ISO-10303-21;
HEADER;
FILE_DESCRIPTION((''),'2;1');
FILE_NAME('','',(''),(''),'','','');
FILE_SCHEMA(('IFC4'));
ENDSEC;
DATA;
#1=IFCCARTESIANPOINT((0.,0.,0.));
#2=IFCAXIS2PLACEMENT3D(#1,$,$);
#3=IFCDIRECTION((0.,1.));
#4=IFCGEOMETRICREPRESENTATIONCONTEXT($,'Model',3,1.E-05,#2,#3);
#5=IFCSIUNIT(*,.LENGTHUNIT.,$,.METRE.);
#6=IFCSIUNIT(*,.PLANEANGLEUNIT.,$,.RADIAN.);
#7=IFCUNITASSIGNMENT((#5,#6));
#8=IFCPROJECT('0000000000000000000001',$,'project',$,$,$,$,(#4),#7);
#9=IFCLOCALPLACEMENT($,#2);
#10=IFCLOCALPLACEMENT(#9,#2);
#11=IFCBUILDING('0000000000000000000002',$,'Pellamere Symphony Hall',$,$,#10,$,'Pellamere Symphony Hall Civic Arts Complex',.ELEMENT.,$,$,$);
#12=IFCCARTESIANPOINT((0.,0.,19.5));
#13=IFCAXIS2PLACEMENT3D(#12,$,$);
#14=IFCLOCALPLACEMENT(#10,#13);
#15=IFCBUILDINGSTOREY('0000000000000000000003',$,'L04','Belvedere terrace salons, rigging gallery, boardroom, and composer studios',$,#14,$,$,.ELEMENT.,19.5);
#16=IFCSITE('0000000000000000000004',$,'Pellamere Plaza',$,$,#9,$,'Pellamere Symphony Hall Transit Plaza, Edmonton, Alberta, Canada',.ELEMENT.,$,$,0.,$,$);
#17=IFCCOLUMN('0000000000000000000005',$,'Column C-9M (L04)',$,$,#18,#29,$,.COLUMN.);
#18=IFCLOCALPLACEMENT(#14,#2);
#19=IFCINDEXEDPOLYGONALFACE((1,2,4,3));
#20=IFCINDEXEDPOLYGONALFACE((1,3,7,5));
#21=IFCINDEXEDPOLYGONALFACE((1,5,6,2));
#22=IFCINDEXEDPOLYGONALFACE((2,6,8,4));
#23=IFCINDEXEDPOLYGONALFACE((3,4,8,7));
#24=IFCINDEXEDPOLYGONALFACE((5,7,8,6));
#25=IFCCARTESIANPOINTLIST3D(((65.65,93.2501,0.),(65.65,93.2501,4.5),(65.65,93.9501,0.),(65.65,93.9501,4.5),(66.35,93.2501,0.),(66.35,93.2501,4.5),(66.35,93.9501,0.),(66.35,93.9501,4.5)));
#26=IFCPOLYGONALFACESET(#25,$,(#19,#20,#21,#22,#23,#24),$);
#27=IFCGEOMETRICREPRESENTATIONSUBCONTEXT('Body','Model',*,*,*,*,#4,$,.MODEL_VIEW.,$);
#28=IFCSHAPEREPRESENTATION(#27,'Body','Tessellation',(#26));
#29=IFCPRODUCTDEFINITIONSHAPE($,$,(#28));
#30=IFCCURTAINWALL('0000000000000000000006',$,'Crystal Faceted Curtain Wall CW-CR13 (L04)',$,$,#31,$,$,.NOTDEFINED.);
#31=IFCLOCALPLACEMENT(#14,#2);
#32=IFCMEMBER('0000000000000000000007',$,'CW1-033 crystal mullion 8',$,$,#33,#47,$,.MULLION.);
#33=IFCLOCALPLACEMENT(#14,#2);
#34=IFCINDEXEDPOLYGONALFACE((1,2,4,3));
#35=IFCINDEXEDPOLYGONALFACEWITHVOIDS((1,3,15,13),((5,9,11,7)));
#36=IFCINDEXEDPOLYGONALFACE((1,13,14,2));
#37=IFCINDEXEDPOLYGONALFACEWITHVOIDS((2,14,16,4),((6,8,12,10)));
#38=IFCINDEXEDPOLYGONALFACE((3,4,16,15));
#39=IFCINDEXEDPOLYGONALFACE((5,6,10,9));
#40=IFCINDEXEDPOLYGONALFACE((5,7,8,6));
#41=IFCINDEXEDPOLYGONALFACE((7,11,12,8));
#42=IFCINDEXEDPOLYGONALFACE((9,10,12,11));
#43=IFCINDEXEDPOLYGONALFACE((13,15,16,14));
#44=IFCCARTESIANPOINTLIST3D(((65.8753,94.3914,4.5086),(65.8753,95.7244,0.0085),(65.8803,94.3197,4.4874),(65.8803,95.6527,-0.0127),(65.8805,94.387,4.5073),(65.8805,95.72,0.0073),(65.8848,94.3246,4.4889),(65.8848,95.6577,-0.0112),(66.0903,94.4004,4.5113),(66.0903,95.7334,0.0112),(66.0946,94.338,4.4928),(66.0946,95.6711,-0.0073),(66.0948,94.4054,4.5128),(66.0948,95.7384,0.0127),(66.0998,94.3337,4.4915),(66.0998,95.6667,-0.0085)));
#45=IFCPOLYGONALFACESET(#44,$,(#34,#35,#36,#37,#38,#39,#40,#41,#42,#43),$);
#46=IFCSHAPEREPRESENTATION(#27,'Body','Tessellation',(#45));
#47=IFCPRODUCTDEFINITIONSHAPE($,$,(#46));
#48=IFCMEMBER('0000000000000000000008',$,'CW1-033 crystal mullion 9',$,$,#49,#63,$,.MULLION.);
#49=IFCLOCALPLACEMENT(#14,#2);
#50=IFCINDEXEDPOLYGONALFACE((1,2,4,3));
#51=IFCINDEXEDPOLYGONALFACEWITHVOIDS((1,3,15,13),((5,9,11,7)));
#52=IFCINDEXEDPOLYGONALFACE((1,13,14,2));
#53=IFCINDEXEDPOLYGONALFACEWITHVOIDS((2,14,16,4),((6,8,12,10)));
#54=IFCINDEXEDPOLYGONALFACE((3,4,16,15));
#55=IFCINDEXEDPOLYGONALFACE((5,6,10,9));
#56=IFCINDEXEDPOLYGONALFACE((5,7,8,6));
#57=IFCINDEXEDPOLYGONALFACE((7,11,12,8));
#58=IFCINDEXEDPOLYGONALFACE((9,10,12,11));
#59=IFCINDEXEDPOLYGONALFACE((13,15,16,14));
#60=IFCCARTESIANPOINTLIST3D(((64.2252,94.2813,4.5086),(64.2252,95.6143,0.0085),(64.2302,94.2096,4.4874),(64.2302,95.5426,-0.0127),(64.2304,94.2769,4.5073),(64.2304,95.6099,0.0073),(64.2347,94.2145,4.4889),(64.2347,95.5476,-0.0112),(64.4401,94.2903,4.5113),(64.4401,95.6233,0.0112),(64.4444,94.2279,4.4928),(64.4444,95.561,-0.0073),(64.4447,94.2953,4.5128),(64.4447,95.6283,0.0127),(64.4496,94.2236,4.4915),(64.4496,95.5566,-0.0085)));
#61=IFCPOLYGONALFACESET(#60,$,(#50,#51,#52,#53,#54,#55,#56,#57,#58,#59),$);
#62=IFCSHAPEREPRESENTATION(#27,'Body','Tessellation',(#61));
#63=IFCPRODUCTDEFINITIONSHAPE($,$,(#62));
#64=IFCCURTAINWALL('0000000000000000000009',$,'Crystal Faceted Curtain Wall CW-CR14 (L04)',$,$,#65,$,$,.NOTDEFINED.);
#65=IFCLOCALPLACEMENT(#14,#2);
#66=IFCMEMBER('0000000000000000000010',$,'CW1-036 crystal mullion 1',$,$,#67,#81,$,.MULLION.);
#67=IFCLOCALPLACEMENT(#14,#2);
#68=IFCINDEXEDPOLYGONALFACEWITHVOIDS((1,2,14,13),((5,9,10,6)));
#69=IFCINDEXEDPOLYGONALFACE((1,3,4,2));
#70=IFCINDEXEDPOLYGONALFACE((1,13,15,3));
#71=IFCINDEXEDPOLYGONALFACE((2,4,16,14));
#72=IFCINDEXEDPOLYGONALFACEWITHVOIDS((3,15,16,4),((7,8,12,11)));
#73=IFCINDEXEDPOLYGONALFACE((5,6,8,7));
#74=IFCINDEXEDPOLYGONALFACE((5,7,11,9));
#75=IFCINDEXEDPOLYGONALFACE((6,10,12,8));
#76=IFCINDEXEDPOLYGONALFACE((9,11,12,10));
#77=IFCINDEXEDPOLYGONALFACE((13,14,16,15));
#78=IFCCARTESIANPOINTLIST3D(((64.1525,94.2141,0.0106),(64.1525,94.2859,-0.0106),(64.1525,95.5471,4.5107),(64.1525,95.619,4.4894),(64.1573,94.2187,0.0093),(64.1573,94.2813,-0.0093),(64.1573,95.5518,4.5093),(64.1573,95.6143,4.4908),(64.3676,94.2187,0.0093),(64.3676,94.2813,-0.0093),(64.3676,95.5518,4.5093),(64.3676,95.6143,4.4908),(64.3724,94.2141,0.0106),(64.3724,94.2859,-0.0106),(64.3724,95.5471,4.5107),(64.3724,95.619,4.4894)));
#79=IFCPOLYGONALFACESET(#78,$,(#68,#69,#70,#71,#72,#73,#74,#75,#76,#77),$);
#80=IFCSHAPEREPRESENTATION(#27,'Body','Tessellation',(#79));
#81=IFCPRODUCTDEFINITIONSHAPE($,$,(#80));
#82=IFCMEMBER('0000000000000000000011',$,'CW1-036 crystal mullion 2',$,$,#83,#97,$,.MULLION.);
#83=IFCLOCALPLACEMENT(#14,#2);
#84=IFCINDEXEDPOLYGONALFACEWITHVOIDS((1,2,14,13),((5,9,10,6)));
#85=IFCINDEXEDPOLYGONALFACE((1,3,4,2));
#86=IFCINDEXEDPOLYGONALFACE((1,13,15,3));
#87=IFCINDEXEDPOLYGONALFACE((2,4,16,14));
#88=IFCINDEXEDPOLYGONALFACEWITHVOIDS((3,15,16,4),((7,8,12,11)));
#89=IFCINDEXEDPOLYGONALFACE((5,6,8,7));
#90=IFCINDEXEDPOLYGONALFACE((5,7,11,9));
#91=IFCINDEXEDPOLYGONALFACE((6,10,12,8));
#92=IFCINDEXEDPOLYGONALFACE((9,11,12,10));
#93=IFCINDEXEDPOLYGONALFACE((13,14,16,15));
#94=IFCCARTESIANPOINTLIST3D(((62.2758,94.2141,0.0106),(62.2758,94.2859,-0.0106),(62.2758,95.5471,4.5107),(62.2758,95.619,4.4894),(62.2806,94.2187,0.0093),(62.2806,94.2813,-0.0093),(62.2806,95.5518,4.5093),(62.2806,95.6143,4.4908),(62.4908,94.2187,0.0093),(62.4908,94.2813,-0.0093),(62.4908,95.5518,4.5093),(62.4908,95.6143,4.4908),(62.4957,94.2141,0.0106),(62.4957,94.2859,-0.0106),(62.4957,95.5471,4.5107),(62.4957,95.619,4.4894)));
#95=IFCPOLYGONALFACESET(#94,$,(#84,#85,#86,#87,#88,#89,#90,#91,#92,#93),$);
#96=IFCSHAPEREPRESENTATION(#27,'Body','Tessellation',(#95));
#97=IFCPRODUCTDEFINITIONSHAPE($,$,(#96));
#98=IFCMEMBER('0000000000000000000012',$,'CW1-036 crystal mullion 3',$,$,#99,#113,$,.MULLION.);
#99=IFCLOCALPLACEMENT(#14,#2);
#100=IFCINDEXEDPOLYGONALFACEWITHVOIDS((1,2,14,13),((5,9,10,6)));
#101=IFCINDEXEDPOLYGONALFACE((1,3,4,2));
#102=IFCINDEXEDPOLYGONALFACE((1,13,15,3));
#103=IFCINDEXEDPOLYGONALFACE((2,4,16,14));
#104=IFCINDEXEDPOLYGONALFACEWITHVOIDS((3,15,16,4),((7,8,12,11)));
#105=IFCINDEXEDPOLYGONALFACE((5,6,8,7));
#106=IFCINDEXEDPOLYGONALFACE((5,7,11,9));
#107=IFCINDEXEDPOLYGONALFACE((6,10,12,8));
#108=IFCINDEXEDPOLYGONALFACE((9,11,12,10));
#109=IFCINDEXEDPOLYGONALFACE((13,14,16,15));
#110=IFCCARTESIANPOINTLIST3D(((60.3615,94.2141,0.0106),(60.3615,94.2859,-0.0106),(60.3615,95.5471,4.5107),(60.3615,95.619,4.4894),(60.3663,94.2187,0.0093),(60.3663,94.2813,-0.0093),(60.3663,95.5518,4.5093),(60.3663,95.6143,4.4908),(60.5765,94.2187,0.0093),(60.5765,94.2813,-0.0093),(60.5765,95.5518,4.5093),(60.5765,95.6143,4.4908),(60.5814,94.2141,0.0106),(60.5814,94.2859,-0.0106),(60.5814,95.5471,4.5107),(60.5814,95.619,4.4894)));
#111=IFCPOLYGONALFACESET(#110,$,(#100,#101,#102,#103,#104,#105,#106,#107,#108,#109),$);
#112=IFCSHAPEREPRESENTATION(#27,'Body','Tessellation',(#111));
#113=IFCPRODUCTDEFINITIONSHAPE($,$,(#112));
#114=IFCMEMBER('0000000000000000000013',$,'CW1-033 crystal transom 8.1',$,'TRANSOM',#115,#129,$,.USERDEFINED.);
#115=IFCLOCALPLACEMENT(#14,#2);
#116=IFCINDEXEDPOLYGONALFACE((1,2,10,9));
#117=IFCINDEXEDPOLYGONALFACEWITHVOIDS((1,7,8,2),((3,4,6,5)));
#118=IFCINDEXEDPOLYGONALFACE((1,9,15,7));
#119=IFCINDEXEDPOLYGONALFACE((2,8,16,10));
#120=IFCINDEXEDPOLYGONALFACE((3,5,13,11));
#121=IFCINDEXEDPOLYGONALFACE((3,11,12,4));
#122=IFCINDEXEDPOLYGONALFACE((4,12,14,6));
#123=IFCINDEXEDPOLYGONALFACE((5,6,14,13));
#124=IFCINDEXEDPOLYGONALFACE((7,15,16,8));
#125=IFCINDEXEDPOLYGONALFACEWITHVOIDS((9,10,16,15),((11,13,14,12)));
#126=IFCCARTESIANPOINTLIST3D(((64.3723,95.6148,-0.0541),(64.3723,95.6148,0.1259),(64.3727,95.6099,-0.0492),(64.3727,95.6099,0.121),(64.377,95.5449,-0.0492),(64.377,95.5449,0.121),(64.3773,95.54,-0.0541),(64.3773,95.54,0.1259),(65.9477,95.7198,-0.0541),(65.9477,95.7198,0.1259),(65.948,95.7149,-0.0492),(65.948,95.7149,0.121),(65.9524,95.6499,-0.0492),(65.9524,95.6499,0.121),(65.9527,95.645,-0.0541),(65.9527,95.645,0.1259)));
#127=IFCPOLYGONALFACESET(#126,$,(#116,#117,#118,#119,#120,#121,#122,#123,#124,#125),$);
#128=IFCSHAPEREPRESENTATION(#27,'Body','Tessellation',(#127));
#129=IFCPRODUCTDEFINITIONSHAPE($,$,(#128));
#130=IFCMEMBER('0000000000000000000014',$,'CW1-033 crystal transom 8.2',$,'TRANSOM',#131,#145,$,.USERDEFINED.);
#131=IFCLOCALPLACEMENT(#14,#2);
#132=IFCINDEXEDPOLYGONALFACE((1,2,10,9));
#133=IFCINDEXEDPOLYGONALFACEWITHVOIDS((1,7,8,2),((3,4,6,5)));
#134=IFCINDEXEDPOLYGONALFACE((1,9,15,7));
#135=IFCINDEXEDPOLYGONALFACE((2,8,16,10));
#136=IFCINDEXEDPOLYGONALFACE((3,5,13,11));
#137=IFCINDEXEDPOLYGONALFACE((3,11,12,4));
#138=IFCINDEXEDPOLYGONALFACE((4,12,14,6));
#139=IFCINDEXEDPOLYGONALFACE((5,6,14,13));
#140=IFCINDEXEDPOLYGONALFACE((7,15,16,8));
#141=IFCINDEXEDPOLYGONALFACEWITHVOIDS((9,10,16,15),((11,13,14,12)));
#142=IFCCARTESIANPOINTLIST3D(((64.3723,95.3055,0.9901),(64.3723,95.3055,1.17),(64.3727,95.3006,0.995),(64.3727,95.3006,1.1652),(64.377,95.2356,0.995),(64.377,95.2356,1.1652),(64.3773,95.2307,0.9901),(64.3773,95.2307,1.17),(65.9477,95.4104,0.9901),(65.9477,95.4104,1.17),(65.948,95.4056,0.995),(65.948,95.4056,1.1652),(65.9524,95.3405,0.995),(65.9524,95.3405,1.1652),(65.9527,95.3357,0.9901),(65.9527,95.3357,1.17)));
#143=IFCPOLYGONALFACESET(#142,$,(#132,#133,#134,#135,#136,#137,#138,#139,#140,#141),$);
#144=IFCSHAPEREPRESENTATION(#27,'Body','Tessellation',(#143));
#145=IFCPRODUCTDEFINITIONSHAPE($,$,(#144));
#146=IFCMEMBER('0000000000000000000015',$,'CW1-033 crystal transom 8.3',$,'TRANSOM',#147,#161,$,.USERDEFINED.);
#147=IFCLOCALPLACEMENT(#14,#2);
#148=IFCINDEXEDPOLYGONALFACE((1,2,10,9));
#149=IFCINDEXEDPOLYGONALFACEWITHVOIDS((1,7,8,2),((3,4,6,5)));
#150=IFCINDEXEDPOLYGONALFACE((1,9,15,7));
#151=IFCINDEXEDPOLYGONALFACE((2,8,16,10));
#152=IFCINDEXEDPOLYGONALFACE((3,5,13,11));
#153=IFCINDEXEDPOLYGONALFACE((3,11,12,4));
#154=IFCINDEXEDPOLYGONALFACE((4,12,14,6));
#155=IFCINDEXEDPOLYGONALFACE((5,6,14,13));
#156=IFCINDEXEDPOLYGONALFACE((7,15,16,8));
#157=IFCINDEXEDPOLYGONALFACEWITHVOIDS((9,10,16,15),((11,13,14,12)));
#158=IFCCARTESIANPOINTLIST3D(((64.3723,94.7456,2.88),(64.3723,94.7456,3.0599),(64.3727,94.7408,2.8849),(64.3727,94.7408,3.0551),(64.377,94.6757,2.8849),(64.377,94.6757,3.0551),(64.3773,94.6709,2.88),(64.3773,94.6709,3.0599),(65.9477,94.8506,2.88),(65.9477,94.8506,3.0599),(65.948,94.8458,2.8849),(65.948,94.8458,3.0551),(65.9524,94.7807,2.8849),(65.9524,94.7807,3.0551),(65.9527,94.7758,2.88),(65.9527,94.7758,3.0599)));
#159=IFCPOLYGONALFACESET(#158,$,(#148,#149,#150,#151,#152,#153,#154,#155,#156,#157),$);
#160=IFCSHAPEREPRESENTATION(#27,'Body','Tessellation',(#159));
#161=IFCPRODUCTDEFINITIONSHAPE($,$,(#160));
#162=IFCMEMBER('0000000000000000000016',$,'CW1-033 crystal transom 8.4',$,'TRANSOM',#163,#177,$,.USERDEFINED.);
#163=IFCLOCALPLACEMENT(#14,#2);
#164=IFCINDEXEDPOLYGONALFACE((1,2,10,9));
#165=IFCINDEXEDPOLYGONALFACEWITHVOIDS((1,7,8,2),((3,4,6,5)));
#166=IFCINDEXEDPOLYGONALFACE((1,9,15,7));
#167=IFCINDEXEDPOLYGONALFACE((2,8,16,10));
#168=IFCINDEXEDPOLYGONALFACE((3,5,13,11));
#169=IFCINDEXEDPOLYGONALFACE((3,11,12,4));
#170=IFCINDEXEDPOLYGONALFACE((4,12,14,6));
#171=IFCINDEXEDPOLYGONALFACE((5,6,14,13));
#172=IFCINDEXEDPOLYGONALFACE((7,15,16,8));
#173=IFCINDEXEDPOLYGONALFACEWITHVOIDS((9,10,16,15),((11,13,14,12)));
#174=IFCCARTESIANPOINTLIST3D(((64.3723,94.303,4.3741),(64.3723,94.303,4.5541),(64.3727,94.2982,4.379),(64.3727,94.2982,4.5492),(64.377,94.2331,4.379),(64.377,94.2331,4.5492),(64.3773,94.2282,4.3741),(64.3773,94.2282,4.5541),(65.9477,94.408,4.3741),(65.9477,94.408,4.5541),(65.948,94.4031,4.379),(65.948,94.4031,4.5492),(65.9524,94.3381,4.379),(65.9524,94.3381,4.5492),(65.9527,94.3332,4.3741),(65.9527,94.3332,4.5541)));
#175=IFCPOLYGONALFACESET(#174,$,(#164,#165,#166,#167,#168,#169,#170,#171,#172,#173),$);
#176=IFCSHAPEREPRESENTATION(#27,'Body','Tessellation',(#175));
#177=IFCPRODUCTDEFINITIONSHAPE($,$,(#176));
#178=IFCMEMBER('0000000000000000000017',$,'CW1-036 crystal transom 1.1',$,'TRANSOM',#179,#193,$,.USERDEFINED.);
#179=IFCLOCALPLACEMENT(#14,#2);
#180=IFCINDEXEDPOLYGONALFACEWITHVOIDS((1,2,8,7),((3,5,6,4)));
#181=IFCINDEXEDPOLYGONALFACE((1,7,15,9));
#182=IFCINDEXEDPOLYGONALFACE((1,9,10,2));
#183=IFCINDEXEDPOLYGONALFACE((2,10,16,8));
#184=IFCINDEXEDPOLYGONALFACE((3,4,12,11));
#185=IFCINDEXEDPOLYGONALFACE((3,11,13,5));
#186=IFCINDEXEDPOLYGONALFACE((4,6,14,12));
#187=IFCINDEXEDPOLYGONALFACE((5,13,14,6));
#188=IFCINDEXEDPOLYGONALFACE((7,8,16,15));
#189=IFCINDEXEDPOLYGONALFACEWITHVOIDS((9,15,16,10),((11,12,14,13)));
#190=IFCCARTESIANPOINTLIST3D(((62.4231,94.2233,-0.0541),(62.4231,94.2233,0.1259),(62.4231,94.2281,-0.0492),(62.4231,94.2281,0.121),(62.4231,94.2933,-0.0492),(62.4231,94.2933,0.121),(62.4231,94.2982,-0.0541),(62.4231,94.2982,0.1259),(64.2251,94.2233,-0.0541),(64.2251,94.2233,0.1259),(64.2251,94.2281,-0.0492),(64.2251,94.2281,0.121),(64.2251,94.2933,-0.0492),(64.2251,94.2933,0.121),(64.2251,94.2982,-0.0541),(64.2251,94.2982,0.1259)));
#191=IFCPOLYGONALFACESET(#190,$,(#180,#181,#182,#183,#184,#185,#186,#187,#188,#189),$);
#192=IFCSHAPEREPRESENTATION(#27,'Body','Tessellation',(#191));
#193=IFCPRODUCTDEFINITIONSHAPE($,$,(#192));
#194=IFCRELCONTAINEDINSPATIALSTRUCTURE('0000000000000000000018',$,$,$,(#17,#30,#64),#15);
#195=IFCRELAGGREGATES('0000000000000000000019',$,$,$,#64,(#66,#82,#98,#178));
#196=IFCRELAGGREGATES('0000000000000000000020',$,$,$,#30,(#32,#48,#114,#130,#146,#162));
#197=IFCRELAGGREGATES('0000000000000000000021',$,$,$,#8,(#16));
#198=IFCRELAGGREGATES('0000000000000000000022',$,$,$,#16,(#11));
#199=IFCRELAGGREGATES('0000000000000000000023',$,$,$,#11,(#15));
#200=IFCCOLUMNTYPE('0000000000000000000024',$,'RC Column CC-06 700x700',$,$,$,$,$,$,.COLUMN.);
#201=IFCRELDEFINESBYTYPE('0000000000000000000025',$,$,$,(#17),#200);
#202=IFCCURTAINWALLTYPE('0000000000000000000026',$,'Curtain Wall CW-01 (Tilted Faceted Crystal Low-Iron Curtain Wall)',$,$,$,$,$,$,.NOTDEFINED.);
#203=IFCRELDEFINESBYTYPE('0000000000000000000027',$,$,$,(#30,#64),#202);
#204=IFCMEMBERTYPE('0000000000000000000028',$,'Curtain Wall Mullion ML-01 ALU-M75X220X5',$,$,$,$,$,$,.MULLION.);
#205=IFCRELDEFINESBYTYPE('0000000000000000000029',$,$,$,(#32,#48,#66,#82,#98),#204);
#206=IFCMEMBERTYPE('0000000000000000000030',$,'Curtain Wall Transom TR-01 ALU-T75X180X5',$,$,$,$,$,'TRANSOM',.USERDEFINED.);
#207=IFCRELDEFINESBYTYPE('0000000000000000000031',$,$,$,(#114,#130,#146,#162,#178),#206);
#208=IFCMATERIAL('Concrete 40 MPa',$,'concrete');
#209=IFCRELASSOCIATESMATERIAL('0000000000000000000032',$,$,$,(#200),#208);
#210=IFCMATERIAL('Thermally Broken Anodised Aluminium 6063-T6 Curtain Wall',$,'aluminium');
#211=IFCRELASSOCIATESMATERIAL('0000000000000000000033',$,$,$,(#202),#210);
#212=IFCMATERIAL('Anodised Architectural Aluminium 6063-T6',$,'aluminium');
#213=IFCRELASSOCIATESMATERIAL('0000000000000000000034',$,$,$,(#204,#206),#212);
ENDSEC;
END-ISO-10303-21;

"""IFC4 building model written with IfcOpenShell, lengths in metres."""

from ifc_helpers import new_model, si_unit, direction, frame, origin, origin_2d, place, context, subcontext, project, spatial, rectangle, hollow_rectangle, extrude, material, material_profile, profile_set, type_object, element, aggregate, save


model = new_model("IFC4")

# Units and contexts
model_context = context("Model", 3, precision=1e-05, world=origin(), true_north=direction((0.0, 1.0)))
body_context = subcontext(model_context, "Body", "Model", "MODEL_VIEW")
ifc_project = project(units=[si_unit("LENGTHUNIT", "METRE"), si_unit("PLANEANGLEUNIT", "RADIAN")], contexts=[model_context])

# Site, building, storey
site_placement = place(None, origin())
site = spatial("IfcSite", under=ifc_project, at=site_placement, Name="Pellamere Plaza", LongName="Pellamere Symphony Hall Transit Plaza, Edmonton, Alberta, Canada", CompositionType="ELEMENT", RefElevation=0.0)
building_placement = place(site_placement, origin())
building = spatial("IfcBuilding", under=site, at=building_placement, Name="Pellamere Symphony Hall", LongName="Pellamere Symphony Hall Civic Arts Complex", CompositionType="ELEMENT")
storey_placement = place(building_placement, frame((0.0, 0.0, 19.5)))
storey = spatial("IfcBuildingStorey", under=building, at=storey_placement, Name="L04", Description="Belvedere terrace salons, rigging gallery, boardroom, and composer studios", CompositionType="ELEMENT", Elevation=19.5)

# Column
ifc_material_1 = material(Name="Concrete 40 MPa", Category="concrete")
ifc_material_profile_1 = material_profile(ifc_material_1, rectangle(XDim=0.7, YDim=0.7, at=origin_2d()), Name="RC 700x700")
ifc_profile_set_1 = profile_set([ifc_material_profile_1], Name="Concrete 40 MPa")
column_type = type_object("IfcColumnType", Name="RC Column CC-06 700x700", PredefinedType="COLUMN", material=ifc_profile_set_1)
column_placement = place(storey_placement, frame((66.0, 93.6001, 0.0), z_axis=(0.0, 0.0, 1.0), x_axis=(1.0, 0.0, 0.0)))
element("IfcColumn", 1, at=column_placement, inside=storey, type_object=column_type, Name="Column C-9M (L04)", PredefinedType="COLUMN", context=body_context, shape_type="SweptSolid", body=[
    extrude(rectangle(XDim=0.7, YDim=0.7, at=origin_2d()), origin(), (0.0, 0.0, 1.0), 4.5),
])

# Curtain walls, members
ifc_material_2 = material(Name="Thermally Broken Anodised Aluminium 6063-T6 Curtain Wall", Category="aluminium")
curtain_wall_type = type_object("IfcCurtainWallType", Name="Curtain Wall CW-01 (Tilted Faceted Crystal Low-Iron Curtain Wall)", PredefinedType="NOTDEFINED", material=ifc_material_2)
curtain_wall_1_placement = place(storey_placement, origin())
curtain_wall_1 = element("IfcCurtainWall", 2, at=curtain_wall_1_placement, inside=storey, type_object=curtain_wall_type, Name="Crystal Faceted Curtain Wall CW-CR13 (L04)", PredefinedType="NOTDEFINED")
ifc_material_3 = material(Name="Anodised Architectural Aluminium 6063-T6", Category="aluminium")
ifc_material_profile_2 = material_profile(ifc_material_3, hollow_rectangle(XDim=0.075, YDim=0.22, WallThickness=0.0049, at=origin_2d()), Name="ALU-M75X220X5")
ifc_profile_set_2 = profile_set([ifc_material_profile_2], Name="Anodised Architectural Aluminium 6063-T6")
member_type_1 = type_object("IfcMemberType", Name="Curtain Wall Mullion ML-01 ALU-M75X220X5", PredefinedType="MULLION", material=ifc_profile_set_2)
member_1_placement = place(storey_placement, frame((65.9875, 95.6956, 0.0), z_axis=(0.0, -0.284025, 0.958817), x_axis=(0.066519, -0.956693, -0.283395)))
member_1 = element("IfcMember", 3, at=member_1_placement, type_object=member_type_1, Name="CW1-033 crystal mullion 8", PredefinedType="MULLION", context=body_context, shape_type="SweptSolid", body=[
    extrude(hollow_rectangle(XDim=0.075, YDim=0.22, WallThickness=0.0049, at=origin_2d()), origin(), (0.0, 0.0, 1.0), 4.6934),
])
member_2_placement = place(storey_placement, frame((64.3374, 95.5854, 0.0), z_axis=(0.0, -0.284025, 0.958817), x_axis=(0.066519, -0.956693, -0.283395)))
member_2 = element("IfcMember", 4, at=member_2_placement, type_object=member_type_1, Name="CW1-033 crystal mullion 9", PredefinedType="MULLION", context=body_context, shape_type="SweptSolid", body=[
    extrude(hollow_rectangle(XDim=0.075, YDim=0.22, WallThickness=0.0049, at=origin_2d()), origin(), (0.0, 0.0, 1.0), 4.6934),
])
curtain_wall_2_placement = place(storey_placement, origin())
curtain_wall_2 = element("IfcCurtainWall", 5, at=curtain_wall_2_placement, inside=storey, type_object=curtain_wall_type, Name="Crystal Faceted Curtain Wall CW-CR14 (L04)", PredefinedType="NOTDEFINED")
member_3_placement = place(storey_placement, frame((64.2625, 94.25, 0.0), z_axis=(0.0, 0.284025, 0.958817), x_axis=(0.0, 0.958817, -0.284025)))
member_3 = element("IfcMember", 6, at=member_3_placement, type_object=member_type_1, Name="CW1-036 crystal mullion 1", PredefinedType="MULLION", context=body_context, shape_type="SweptSolid", body=[
    extrude(hollow_rectangle(XDim=0.075, YDim=0.22, WallThickness=0.0049, at=origin_2d()), origin(), (0.0, 0.0, 1.0), 4.6934),
])
member_4_placement = place(storey_placement, frame((62.3857, 94.25, 0.0), z_axis=(0.0, 0.284025, 0.958817), x_axis=(0.0, 0.958817, -0.284025)))
member_4 = element("IfcMember", 7, at=member_4_placement, type_object=member_type_1, Name="CW1-036 crystal mullion 2", PredefinedType="MULLION", context=body_context, shape_type="SweptSolid", body=[
    extrude(hollow_rectangle(XDim=0.075, YDim=0.22, WallThickness=0.0049, at=origin_2d()), origin(), (0.0, 0.0, 1.0), 4.6934),
])
member_5_placement = place(storey_placement, frame((60.4714, 94.25, 0.0), z_axis=(0.0, 0.284025, 0.958817), x_axis=(0.0, 0.958817, -0.284025)))
member_5 = element("IfcMember", 8, at=member_5_placement, type_object=member_type_1, Name="CW1-036 crystal mullion 3", PredefinedType="MULLION", context=body_context, shape_type="SweptSolid", body=[
    extrude(hollow_rectangle(XDim=0.075, YDim=0.22, WallThickness=0.0049, at=origin_2d()), origin(), (0.0, 0.0, 1.0), 4.6934),
])

# Members
ifc_material_profile_3 = material_profile(ifc_material_3, hollow_rectangle(XDim=0.075, YDim=0.1799, WallThickness=0.0049, at=origin_2d()), Name="ALU-T75X180X5")
ifc_profile_set_3 = profile_set([ifc_material_profile_3], Name="Anodised Architectural Aluminium 6063-T6")
member_type_2 = type_object("IfcMemberType", Name="Curtain Wall Transom TR-01 ALU-T75X180X5", ElementType="TRANSOM", PredefinedType="USERDEFINED", material=ifc_profile_set_3)
member_6_placement = place(storey_placement, frame((65.9502, 95.6824, 0.0359), z_axis=(-0.997787, -0.066488, 0.0), x_axis=(0.066488, -0.997787, 0.0)))
member_6 = element("IfcMember", 9, at=member_6_placement, type_object=member_type_2, Name="CW1-033 crystal transom 8.1", ObjectType="TRANSOM", PredefinedType="USERDEFINED", context=body_context, shape_type="SweptSolid", body=[
    extrude(hollow_rectangle(XDim=0.075, YDim=0.1799, WallThickness=0.0049, at=origin_2d()), origin(), (0.0, 0.0, 1.0), 1.5789),
])
member_7_placement = place(storey_placement, frame((65.9502, 95.373, 1.0801), z_axis=(-0.997787, -0.066488, 0.0), x_axis=(0.066488, -0.997787, 0.0)))
member_7 = element("IfcMember", 10, at=member_7_placement, type_object=member_type_2, Name="CW1-033 crystal transom 8.2", ObjectType="TRANSOM", PredefinedType="USERDEFINED", context=body_context, shape_type="SweptSolid", body=[
    extrude(hollow_rectangle(XDim=0.075, YDim=0.1799, WallThickness=0.0049, at=origin_2d()), origin(), (0.0, 0.0, 1.0), 1.5789),
])
member_8_placement = place(storey_placement, frame((65.9502, 94.8132, 2.97), z_axis=(-0.997787, -0.066488, 0.0), x_axis=(0.066488, -0.997787, 0.0)))
member_8 = element("IfcMember", 11, at=member_8_placement, type_object=member_type_2, Name="CW1-033 crystal transom 8.3", ObjectType="TRANSOM", PredefinedType="USERDEFINED", context=body_context, shape_type="SweptSolid", body=[
    extrude(hollow_rectangle(XDim=0.075, YDim=0.1799, WallThickness=0.0049, at=origin_2d()), origin(), (0.0, 0.0, 1.0), 1.5789),
])
member_9_placement = place(storey_placement, frame((65.9502, 94.3706, 4.4641), z_axis=(-0.997787, -0.066488, 0.0), x_axis=(0.066488, -0.997787, 0.0)))
member_9 = element("IfcMember", 12, at=member_9_placement, type_object=member_type_2, Name="CW1-033 crystal transom 8.4", ObjectType="TRANSOM", PredefinedType="USERDEFINED", context=body_context, shape_type="SweptSolid", body=[
    extrude(hollow_rectangle(XDim=0.075, YDim=0.1799, WallThickness=0.0049, at=origin_2d()), origin(), (0.0, 0.0, 1.0), 1.5789),
])
member_10_placement = place(storey_placement, frame((64.2251, 94.2607, 0.0359), z_axis=(-1.0, 0.0, 0.0), x_axis=(0.0, -1.0, 0.0)))
member_10 = element("IfcMember", 13, at=member_10_placement, type_object=member_type_2, Name="CW1-036 crystal transom 1.1", ObjectType="TRANSOM", PredefinedType="USERDEFINED", context=body_context, shape_type="SweptSolid", body=[
    extrude(hollow_rectangle(XDim=0.075, YDim=0.1799, WallThickness=0.0049, at=origin_2d()), origin(), (0.0, 0.0, 1.0), 1.802),
])

aggregate(curtain_wall_2, [member_3, member_4, member_5, member_10])
aggregate(curtain_wall_1, [member_1, member_2, member_6, member_7, member_8, member_9])

save(model, "model.ifc")
